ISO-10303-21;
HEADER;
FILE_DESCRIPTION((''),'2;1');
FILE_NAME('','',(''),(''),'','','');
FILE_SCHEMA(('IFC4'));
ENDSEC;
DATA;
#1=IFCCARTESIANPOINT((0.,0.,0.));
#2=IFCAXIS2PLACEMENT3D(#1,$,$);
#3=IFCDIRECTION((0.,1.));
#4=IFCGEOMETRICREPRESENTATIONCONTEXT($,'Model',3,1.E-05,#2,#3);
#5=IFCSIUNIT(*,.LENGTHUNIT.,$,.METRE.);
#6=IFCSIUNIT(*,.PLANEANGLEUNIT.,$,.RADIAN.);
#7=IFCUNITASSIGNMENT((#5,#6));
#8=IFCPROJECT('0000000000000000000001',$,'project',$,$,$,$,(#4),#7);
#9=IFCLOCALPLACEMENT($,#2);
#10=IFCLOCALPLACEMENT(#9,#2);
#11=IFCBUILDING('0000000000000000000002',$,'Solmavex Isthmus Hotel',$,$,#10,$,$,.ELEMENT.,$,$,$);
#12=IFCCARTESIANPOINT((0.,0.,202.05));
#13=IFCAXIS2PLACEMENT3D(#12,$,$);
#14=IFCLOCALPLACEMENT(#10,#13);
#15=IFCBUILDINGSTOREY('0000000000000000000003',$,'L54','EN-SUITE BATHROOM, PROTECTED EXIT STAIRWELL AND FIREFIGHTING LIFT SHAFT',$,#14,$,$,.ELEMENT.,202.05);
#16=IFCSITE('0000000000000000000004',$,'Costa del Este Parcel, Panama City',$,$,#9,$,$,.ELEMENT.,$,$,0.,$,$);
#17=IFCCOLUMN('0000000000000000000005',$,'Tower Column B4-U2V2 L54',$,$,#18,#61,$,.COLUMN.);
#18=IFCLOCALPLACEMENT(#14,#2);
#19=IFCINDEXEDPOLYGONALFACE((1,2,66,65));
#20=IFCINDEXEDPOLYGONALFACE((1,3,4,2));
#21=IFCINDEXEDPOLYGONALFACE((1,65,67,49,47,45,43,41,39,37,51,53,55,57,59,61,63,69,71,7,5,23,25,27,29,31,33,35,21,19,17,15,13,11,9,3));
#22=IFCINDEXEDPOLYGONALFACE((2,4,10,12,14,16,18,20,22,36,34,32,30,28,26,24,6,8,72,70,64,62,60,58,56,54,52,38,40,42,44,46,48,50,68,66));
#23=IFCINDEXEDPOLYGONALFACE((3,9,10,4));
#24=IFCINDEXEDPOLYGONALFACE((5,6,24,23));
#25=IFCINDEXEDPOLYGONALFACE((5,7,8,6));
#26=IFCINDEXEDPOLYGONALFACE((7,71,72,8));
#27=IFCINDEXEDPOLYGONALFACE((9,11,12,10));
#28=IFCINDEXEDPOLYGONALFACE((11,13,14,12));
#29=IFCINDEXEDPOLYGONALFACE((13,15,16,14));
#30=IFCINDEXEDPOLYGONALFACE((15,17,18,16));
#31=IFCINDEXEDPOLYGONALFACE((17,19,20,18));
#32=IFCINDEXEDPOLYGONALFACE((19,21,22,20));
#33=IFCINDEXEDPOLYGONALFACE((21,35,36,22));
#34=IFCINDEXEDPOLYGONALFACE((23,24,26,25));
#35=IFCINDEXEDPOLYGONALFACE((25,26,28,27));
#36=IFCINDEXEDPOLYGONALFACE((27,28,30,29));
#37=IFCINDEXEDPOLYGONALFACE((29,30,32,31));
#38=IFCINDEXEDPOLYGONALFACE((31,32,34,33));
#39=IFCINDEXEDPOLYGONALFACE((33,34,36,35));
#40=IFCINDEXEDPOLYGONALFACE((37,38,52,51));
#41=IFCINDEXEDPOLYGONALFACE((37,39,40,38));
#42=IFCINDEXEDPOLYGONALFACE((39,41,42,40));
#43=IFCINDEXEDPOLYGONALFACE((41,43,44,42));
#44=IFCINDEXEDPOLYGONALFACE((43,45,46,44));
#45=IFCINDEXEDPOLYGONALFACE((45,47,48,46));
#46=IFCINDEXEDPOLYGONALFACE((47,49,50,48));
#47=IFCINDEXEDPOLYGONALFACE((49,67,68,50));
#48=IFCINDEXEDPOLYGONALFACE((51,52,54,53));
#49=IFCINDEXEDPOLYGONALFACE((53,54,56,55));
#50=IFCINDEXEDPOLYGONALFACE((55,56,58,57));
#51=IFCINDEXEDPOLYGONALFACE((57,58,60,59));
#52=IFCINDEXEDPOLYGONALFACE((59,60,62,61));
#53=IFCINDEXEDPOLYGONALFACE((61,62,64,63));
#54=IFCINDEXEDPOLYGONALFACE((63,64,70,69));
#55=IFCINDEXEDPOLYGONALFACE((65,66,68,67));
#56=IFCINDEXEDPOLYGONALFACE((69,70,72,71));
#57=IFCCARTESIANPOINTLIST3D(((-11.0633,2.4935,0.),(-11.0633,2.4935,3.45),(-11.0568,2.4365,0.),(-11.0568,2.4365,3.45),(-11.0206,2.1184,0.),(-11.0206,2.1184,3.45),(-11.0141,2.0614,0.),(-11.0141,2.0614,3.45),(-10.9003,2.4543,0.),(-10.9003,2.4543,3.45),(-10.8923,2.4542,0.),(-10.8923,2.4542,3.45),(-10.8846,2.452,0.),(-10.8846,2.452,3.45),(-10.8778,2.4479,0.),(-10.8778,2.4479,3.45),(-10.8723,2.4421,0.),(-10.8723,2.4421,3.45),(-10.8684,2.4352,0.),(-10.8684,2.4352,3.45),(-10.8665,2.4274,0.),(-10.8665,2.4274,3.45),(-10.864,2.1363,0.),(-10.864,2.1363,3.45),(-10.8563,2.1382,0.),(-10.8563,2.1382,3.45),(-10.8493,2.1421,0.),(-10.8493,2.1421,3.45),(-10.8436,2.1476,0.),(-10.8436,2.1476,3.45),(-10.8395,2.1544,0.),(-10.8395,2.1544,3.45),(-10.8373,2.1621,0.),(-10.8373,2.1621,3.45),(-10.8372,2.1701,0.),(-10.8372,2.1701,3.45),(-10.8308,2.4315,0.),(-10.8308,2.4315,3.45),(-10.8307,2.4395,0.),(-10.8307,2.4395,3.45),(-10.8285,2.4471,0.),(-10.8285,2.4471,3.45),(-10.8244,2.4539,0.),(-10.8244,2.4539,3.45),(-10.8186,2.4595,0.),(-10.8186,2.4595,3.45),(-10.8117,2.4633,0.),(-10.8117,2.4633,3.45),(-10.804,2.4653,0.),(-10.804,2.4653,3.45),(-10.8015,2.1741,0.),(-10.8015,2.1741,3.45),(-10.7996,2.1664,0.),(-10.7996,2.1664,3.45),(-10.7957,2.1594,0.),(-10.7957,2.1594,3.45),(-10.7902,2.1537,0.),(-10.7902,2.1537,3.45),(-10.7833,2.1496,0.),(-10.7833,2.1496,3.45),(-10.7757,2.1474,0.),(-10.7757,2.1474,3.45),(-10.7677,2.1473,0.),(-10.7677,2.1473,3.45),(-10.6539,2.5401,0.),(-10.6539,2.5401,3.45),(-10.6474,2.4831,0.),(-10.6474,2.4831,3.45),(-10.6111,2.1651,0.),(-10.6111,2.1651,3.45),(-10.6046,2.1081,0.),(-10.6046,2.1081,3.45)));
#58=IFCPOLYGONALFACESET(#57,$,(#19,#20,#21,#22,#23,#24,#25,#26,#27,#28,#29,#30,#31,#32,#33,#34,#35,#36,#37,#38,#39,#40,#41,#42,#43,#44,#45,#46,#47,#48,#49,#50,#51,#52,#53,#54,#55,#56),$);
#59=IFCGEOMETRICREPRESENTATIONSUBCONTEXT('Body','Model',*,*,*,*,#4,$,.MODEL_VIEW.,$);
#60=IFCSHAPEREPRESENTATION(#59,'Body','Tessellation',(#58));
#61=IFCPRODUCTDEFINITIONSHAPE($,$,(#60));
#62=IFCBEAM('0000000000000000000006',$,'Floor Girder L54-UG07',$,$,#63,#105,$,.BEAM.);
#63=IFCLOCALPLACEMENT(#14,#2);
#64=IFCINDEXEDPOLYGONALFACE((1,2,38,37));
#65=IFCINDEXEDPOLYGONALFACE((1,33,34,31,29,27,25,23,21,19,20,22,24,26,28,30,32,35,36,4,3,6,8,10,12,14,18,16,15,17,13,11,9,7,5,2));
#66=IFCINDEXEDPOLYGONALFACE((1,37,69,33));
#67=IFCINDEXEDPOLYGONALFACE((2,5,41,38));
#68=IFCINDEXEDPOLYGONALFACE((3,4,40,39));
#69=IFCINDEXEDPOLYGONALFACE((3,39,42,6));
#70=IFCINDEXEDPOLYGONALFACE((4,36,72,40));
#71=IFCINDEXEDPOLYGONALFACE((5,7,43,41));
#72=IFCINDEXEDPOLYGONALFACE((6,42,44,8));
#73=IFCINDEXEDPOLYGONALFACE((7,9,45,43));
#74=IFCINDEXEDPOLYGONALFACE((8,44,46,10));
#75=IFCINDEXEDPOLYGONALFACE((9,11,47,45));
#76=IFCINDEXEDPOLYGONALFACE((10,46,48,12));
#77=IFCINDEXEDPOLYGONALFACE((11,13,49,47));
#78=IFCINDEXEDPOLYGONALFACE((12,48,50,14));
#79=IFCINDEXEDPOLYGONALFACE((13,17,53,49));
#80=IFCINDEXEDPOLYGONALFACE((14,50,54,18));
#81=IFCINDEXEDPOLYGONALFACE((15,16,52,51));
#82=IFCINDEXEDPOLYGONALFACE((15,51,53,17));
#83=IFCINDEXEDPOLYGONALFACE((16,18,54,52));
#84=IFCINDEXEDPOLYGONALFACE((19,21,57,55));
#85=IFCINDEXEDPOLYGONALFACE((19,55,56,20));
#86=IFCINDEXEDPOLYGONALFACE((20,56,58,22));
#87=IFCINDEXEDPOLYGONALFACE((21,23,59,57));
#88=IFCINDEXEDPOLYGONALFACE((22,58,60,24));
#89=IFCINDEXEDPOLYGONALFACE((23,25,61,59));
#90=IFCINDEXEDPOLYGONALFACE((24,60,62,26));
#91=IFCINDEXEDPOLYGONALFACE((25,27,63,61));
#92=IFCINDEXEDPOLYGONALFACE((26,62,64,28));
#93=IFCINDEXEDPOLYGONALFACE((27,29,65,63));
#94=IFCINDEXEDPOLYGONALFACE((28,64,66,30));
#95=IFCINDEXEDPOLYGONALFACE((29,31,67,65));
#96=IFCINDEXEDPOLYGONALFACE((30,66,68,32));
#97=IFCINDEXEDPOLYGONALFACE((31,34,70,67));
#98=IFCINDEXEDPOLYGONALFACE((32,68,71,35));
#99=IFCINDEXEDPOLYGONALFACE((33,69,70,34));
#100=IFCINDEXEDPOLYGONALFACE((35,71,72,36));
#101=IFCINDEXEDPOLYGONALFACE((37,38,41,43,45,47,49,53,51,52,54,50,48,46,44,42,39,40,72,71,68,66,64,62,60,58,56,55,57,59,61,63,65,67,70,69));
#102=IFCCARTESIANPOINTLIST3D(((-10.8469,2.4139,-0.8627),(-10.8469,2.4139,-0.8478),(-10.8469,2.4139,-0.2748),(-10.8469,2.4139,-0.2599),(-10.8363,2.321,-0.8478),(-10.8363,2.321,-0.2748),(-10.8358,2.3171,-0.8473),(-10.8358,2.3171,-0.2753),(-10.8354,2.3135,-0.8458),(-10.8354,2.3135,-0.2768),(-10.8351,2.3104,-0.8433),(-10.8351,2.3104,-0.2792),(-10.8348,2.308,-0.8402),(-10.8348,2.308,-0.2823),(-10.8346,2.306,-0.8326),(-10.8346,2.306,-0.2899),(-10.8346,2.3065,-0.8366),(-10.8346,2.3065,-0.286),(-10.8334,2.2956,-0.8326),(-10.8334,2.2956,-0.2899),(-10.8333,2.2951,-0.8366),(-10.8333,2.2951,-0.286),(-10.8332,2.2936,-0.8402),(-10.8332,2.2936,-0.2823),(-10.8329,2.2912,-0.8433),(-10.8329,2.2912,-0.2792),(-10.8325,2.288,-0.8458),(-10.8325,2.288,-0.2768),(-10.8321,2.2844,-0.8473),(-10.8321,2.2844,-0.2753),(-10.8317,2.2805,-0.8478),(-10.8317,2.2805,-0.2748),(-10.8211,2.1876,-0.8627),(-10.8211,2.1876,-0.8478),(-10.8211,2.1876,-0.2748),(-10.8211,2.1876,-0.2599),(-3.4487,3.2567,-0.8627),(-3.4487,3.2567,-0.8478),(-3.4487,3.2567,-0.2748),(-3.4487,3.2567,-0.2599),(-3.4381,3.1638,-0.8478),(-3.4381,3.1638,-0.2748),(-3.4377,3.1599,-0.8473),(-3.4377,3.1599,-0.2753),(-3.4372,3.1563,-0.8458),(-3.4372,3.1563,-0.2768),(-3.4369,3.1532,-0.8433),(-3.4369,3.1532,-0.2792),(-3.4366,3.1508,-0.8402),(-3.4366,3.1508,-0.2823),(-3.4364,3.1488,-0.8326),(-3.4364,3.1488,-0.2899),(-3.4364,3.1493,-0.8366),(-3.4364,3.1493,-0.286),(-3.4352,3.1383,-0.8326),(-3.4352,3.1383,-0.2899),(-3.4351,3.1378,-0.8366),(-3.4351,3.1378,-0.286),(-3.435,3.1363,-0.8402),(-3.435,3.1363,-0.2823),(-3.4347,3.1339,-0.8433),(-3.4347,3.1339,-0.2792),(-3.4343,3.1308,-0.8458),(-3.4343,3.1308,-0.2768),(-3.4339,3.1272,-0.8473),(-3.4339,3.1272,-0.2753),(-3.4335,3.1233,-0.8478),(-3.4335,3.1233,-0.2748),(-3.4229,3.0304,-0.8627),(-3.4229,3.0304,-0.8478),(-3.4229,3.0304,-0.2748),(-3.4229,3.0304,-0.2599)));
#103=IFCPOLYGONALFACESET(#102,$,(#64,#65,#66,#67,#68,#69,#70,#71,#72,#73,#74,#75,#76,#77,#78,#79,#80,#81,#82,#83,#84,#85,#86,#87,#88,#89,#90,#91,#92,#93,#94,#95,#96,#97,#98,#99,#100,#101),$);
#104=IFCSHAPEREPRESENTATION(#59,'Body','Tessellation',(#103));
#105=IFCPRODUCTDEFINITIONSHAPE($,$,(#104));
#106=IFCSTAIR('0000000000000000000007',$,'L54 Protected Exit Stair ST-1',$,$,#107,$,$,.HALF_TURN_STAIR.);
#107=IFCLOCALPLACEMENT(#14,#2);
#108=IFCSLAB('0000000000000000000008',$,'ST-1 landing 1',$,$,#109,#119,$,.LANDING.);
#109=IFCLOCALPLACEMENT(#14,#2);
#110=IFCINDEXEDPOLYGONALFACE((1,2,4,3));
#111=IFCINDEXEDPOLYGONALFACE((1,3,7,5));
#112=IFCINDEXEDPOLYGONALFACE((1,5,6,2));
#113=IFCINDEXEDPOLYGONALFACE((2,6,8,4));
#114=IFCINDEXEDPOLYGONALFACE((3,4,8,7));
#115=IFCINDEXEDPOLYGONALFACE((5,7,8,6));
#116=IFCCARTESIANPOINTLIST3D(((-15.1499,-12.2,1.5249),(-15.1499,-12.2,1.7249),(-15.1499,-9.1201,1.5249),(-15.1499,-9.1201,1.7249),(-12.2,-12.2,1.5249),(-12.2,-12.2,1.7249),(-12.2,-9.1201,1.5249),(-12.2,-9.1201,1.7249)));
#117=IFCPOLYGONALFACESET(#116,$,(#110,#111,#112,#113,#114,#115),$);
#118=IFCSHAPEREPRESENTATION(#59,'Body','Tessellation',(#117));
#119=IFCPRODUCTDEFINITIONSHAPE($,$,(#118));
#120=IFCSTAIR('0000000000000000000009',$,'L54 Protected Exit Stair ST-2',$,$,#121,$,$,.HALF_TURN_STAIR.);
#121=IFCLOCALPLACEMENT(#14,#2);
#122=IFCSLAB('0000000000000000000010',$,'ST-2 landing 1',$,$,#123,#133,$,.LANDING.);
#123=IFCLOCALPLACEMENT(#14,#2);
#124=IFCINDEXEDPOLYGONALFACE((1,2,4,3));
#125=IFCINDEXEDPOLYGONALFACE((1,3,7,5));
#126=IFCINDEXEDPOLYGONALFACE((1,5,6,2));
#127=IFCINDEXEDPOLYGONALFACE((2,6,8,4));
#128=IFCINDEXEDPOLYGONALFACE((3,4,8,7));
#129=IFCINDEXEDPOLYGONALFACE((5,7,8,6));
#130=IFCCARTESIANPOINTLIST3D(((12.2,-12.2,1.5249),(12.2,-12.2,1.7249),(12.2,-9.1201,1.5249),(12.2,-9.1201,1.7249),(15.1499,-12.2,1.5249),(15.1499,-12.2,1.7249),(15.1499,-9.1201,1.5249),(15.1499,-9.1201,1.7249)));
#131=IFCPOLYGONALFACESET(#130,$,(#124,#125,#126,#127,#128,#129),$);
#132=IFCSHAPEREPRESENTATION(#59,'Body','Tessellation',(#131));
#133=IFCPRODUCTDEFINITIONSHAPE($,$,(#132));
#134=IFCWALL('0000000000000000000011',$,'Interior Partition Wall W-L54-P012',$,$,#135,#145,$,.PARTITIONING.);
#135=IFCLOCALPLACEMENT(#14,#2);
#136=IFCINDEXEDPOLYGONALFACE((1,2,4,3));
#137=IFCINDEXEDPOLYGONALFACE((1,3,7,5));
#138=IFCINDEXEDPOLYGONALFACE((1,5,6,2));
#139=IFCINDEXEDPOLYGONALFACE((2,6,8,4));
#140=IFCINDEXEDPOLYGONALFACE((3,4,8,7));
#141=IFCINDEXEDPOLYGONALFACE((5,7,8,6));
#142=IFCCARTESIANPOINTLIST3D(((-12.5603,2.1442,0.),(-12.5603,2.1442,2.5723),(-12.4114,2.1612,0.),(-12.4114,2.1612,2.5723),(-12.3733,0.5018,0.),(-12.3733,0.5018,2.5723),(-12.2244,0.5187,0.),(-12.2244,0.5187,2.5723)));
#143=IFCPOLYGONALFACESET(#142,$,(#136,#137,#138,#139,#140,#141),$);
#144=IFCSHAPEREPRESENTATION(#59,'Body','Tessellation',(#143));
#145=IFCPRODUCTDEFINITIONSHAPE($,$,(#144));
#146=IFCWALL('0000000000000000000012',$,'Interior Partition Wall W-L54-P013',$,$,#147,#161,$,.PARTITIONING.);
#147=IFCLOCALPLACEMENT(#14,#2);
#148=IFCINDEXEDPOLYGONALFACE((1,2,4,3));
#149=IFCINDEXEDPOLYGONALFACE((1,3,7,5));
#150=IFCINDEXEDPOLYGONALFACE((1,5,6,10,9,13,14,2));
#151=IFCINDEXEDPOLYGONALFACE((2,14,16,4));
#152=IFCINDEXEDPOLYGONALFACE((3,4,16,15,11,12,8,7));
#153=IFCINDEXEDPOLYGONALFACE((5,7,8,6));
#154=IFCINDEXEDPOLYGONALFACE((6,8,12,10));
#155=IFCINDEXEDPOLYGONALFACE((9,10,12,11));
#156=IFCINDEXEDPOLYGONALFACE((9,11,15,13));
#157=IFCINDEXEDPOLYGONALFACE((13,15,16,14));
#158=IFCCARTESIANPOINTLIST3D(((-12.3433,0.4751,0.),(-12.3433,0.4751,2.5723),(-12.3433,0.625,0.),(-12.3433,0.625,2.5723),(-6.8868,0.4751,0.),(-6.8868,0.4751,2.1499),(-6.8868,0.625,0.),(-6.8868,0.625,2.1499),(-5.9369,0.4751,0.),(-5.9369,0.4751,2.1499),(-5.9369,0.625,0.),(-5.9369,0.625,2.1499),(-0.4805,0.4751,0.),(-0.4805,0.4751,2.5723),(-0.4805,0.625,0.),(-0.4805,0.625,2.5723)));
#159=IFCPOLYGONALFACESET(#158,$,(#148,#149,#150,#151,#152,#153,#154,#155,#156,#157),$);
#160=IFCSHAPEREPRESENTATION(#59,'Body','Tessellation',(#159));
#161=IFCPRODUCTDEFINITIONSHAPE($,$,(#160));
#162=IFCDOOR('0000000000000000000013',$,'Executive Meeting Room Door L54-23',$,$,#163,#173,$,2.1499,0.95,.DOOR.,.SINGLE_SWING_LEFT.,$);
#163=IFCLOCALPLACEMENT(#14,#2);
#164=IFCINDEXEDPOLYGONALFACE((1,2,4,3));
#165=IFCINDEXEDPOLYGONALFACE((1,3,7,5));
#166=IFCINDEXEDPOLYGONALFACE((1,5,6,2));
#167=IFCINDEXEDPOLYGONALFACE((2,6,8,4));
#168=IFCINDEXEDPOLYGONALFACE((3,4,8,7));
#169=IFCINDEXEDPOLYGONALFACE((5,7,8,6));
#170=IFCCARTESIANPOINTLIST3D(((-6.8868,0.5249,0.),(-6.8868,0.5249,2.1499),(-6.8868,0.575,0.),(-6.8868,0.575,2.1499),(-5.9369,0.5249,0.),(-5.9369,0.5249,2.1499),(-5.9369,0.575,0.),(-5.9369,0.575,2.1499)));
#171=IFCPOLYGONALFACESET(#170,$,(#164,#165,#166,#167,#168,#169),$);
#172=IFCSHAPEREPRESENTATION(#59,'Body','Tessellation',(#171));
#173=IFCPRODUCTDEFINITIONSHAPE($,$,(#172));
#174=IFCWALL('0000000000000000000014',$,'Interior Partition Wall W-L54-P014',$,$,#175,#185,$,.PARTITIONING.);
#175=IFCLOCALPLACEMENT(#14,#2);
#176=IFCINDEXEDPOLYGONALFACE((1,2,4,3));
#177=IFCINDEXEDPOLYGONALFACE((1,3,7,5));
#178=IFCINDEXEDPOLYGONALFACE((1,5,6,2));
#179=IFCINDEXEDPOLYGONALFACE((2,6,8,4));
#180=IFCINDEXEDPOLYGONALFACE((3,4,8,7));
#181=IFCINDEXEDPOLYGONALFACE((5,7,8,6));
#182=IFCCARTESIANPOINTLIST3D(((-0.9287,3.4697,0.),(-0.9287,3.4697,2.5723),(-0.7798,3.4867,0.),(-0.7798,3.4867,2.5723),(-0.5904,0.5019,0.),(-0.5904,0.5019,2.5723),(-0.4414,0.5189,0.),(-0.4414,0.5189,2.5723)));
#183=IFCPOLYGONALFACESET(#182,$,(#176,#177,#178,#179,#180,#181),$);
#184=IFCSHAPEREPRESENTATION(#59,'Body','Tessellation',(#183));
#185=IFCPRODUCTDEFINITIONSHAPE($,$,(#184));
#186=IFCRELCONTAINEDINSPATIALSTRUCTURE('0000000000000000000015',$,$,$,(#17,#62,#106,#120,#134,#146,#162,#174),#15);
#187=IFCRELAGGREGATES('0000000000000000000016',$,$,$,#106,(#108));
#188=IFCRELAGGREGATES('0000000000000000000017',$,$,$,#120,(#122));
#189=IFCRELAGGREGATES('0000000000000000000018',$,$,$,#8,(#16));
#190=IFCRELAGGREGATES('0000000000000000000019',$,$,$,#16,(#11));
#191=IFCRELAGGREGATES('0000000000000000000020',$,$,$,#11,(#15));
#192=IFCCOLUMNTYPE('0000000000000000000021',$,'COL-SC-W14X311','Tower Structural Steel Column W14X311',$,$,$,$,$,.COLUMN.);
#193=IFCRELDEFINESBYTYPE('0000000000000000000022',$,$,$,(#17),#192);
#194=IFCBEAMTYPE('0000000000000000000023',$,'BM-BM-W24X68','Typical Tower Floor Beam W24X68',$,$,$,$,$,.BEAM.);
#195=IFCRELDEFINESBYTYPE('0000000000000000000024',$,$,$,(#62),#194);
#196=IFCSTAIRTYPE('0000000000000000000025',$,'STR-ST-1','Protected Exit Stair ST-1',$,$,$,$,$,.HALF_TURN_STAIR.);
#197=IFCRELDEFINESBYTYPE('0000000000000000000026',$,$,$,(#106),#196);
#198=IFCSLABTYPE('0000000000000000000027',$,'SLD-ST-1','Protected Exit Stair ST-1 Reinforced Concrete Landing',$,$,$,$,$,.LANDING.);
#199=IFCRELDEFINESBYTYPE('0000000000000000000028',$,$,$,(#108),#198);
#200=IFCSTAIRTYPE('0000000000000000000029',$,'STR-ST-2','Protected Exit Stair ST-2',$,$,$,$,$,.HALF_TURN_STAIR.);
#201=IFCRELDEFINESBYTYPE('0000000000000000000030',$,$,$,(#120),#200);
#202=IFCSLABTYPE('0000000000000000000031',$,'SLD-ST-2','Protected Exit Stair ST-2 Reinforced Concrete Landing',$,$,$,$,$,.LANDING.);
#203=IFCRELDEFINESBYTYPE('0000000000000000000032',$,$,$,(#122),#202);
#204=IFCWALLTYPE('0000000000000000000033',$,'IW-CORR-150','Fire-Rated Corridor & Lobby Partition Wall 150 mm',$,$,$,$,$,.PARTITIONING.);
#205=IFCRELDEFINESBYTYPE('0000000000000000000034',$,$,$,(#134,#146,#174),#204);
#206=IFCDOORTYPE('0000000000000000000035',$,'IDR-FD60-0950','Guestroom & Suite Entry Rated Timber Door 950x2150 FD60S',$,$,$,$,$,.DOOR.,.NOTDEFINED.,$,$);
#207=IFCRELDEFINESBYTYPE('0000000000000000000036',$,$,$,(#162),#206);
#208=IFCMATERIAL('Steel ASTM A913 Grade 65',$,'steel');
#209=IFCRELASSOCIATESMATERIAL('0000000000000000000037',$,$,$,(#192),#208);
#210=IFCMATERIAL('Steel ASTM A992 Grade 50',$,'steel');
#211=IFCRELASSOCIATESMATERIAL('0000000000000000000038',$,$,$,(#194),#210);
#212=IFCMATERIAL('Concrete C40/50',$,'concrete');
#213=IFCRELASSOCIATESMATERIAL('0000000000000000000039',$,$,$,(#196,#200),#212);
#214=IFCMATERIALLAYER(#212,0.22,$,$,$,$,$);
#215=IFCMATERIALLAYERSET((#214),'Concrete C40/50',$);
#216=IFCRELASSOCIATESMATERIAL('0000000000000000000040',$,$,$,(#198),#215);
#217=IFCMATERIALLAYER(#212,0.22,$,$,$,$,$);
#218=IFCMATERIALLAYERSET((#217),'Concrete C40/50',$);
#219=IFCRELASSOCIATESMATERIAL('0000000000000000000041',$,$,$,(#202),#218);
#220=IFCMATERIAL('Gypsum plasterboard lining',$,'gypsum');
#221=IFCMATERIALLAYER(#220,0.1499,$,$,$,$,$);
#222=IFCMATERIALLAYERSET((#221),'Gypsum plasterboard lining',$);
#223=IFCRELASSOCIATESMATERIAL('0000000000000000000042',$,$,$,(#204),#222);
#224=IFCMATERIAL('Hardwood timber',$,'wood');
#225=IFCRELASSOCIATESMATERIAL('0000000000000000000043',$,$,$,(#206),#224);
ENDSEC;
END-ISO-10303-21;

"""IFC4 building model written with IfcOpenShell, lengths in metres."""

from ifc_helpers import new_model, si_unit, direction, frame, frame_2d, origin, origin_2d, place, context, subcontext, project, spatial, polyline, rectangle, i_section, outline, extrude, material, layer, layer_set, material_profile, profile_set, type_object, element, fill, aggregate, save


model = new_model("IFC4")

# Units and contexts
model_context = context("Model", 3, precision=1e-05, world=origin(), true_north=direction((0.0, 1.0)))
body_context = subcontext(model_context, "Body", "Model", "MODEL_VIEW")
ifc_project = project(units=[si_unit("LENGTHUNIT", "METRE"), si_unit("PLANEANGLEUNIT", "RADIAN")], contexts=[model_context])

# Site, building, storey
site_placement = place(None, origin())
site = spatial("IfcSite", under=ifc_project, at=site_placement, Name="Costa del Este Parcel, Panama City", CompositionType="ELEMENT", RefElevation=0.0)
building_placement = place(site_placement, origin())
building = spatial("IfcBuilding", under=site, at=building_placement, Name="Solmavex Isthmus Hotel", CompositionType="ELEMENT")
storey_placement = place(building_placement, frame((0.0, 0.0, 202.05)))
storey = spatial("IfcBuildingStorey", under=building, at=storey_placement, Name="L54", Description="EN-SUITE BATHROOM, PROTECTED EXIT STAIRWELL AND FIREFIGHTING LIFT SHAFT", CompositionType="ELEMENT", Elevation=202.05)

# Column
ifc_material_1 = material(Name="Steel ASTM A913 Grade 65", Category="steel")
ifc_material_profile_1 = material_profile(ifc_material_1, i_section(OverallWidth=0.4121, OverallDepth=0.4348, WebThickness=0.0359, FlangeThickness=0.0574, FilletRadius=0.0305, at=origin_2d()), Name="W14X311")
ifc_profile_set_1 = profile_set([ifc_material_profile_1], Name="Steel ASTM A913 Grade 65")
column_type = type_object("IfcColumnType", Name="COL-SC-W14X311", Description="Tower Structural Steel Column W14X311", PredefinedType="COLUMN", material=ifc_profile_set_1)
column_placement = place(storey_placement, frame((-10.834, 2.3008, 0.0), z_axis=(0.0, 0.0, 1.0), x_axis=(0.993572, 0.113203, 0.0)))
element("IfcColumn", 1, at=column_placement, inside=storey, type_object=column_type, Name="Tower Column B4-U2V2 L54", PredefinedType="COLUMN", context=body_context, shape_type="SweptSolid", body=[
    extrude(i_section(OverallWidth=0.4121, OverallDepth=0.4348, WebThickness=0.0359, FlangeThickness=0.0574, FilletRadius=0.0305, at=origin_2d()), origin(), (0.0, 0.0, 1.0), 3.45),
])

# Beam
ifc_material_2 = material(Name="Steel ASTM A992 Grade 50", Category="steel")
ifc_material_profile_2 = material_profile(ifc_material_2, i_section(OverallWidth=0.2278, OverallDepth=0.6028, WebThickness=0.0105, FlangeThickness=0.0149, FilletRadius=0.0151, at=origin_2d()), Name="W24X68")
ifc_profile_set_2 = profile_set([ifc_material_profile_2], Name="Steel ASTM A992 Grade 50")
beam_type = type_object("IfcBeamType", Name="BM-BM-W24X68", Description="Typical Tower Floor Beam W24X68", PredefinedType="BEAM", material=ifc_profile_set_2)
beam_placement = place(storey_placement, frame((-10.834, 2.3008, -0.5613), z_axis=(0.993574, 0.113184, 0.0), x_axis=(-0.113184, 0.993574, 0.0)))
element("IfcBeam", 2, at=beam_placement, inside=storey, type_object=beam_type, Name="Floor Girder L54-UG07", PredefinedType="BEAM", context=body_context, shape_type="SweptSolid", body=[
    extrude(i_section(OverallWidth=0.2278, OverallDepth=0.6028, WebThickness=0.0105, FlangeThickness=0.0149, FilletRadius=0.0151, at=origin_2d()), origin(), (0.0, 0.0, 1.0), 7.446),
])

# Stairs, slabs
ifc_material_3 = material(Name="Concrete C40/50", Category="concrete")
stair_type_1 = type_object("IfcStairType", Name="STR-ST-1", Description="Protected Exit Stair ST-1", PredefinedType="HALF_TURN_STAIR", material=ifc_material_3)
stair_1_placement = place(storey_placement, origin())
stair_1 = element("IfcStair", 3, at=stair_1_placement, inside=storey, type_object=stair_type_1, Name="L54 Protected Exit Stair ST-1", PredefinedType="HALF_TURN_STAIR")
ifc_layer_1 = layer(ifc_material_3, 0.22)
ifc_layer_set_1 = layer_set([ifc_layer_1], Name="Concrete C40/50")
slab_type_1 = type_object("IfcSlabType", Name="SLD-ST-1", Description="Protected Exit Stair ST-1 Reinforced Concrete Landing", PredefinedType="LANDING", material=ifc_layer_set_1)
slab_1_placement = place(storey_placement, frame((0.0, 0.0, 1.5249)))
slab_1 = element("IfcSlab", 4, at=slab_1_placement, type_object=slab_type_1, Name="ST-1 landing 1", PredefinedType="LANDING", context=body_context, shape_type="SweptSolid", body=[
    extrude(outline(polyline([(-15.1499, -9.1201), (-15.1499, -12.2), (-12.2, -12.2), (-12.2, -9.1201), (-15.1499, -9.1201)])), origin(), (0.0, 0.0, 1.0), 0.2),
])
aggregate(stair_1, [slab_1])
stair_type_2 = type_object("IfcStairType", Name="STR-ST-2", Description="Protected Exit Stair ST-2", PredefinedType="HALF_TURN_STAIR", material=ifc_material_3)
stair_2_placement = place(storey_placement, origin())
stair_2 = element("IfcStair", 5, at=stair_2_placement, inside=storey, type_object=stair_type_2, Name="L54 Protected Exit Stair ST-2", PredefinedType="HALF_TURN_STAIR")
ifc_layer_2 = layer(ifc_material_3, 0.22)
ifc_layer_set_2 = layer_set([ifc_layer_2], Name="Concrete C40/50")
slab_type_2 = type_object("IfcSlabType", Name="SLD-ST-2", Description="Protected Exit Stair ST-2 Reinforced Concrete Landing", PredefinedType="LANDING", material=ifc_layer_set_2)
slab_2_placement = place(storey_placement, frame((0.0, 0.0, 1.5249)))
slab_2 = element("IfcSlab", 6, at=slab_2_placement, type_object=slab_type_2, Name="ST-2 landing 1", PredefinedType="LANDING", context=body_context, shape_type="SweptSolid", body=[
    extrude(outline(polyline([(12.2, -9.1201), (12.2, -12.2), (15.1499, -12.2), (15.1499, -9.1201), (12.2, -9.1201)])), origin(), (0.0, 0.0, 1.0), 0.2),
])
aggregate(stair_2, [slab_2])

# Wall
ifc_material_4 = material(Name="Gypsum plasterboard lining", Category="gypsum")
ifc_layer_3 = layer(ifc_material_4, 0.1499)
ifc_layer_set_3 = layer_set([ifc_layer_3], Name="Gypsum plasterboard lining")
wall_type = type_object("IfcWallType", Name="IW-CORR-150", Description="Fire-Rated Corridor & Lobby Partition Wall 150 mm", PredefinedType="PARTITIONING", material=ifc_layer_set_3)
wall_1_placement = place(storey_placement, frame((-12.4858, 2.1528, 0.0), z_axis=(0.0, 0.0, 1.0), x_axis=(0.113122, -0.993581, 0.0)))
element("IfcWall", 7, at=wall_1_placement, inside=storey, type_object=wall_type, Name="Interior Partition Wall W-L54-P012", PredefinedType="PARTITIONING", context=body_context, shape_type="SweptSolid", body=[
    extrude(rectangle(XDim=1.6531, YDim=0.1499, at=frame_2d((0.8267, 0.0))), origin(), (0.0, 0.0, 1.0), 2.5723),
])

# Wall, opening, door
wall_2_placement = place(storey_placement, frame((-12.3433, 0.55, 0.0), z_axis=(0.0, 0.0, 1.0), x_axis=(1.0, 0.0, 0.0)))
wall_2 = element("IfcWall", 8, at=wall_2_placement, inside=storey, type_object=wall_type, Name="Interior Partition Wall W-L54-P013", PredefinedType="PARTITIONING", context=body_context, shape_type="SweptSolid", body=[
    extrude(rectangle(XDim=11.8628, YDim=0.1499, at=frame_2d((5.9314, 0.0))), origin(), (0.0, 0.0, 1.0), 2.5723),
])
opening_placement = place(wall_2_placement, frame((5.4563, 0.0, 0.0)))
opening = element("IfcOpeningElement", 9, at=opening_placement, cuts=wall_2, PredefinedType="OPENING", context=body_context, shape_type="SweptSolid", body=[
    extrude(rectangle(XDim=0.95, YDim=2.1499, at=frame_2d((0.4751, 1.075))), frame((0.0, 0.085, 0.0), z_axis=(0.0, -1.0, 0.0), x_axis=(1.0, 0.0, 0.0)), (0.0, 0.0, 1.0), 0.1699),
])
ifc_material_5 = material(Name="Hardwood timber", Category="wood")
door_type = type_object("IfcDoorType", Name="IDR-FD60-0950", Description="Guestroom & Suite Entry Rated Timber Door 950x2150 FD60S", OperationType="NOTDEFINED", PredefinedType="DOOR", material=ifc_material_5)
door_placement = place(opening_placement, origin())
door = element("IfcDoor", 10, at=door_placement, inside=storey, type_object=door_type, Name="Executive Meeting Room Door L54-23", OperationType="SINGLE_SWING_LEFT", OverallHeight=2.1499, OverallWidth=0.95, PredefinedType="DOOR", context=body_context, shape_type="SweptSolid", body=[
    extrude(rectangle(XDim=0.95, YDim=2.1499, at=frame_2d((0.4751, 1.075))), frame((0.0, 0.0249, 0.0), z_axis=(0.0, -1.0, 0.0), x_axis=(1.0, 0.0, 0.0)), (0.0, 0.0, 1.0), 0.05),
])
fill(opening, door)

# Wall
wall_3_placement = place(storey_placement, frame((-0.5159, 0.5103, 0.0), z_axis=(0.0, 0.0, 1.0), x_axis=(-0.113284, 0.993563, 0.0)))
element("IfcWall", 11, at=wall_3_placement, inside=storey, type_object=wall_type, Name="Interior Partition Wall W-L54-P014", PredefinedType="PARTITIONING", context=body_context, shape_type="SweptSolid", body=[
    extrude(rectangle(XDim=2.9871, YDim=0.1499, at=frame_2d((1.4937, 0.0))), origin(), (0.0, 0.0, 1.0), 2.5723),
])

save(model, "model.ifc")
